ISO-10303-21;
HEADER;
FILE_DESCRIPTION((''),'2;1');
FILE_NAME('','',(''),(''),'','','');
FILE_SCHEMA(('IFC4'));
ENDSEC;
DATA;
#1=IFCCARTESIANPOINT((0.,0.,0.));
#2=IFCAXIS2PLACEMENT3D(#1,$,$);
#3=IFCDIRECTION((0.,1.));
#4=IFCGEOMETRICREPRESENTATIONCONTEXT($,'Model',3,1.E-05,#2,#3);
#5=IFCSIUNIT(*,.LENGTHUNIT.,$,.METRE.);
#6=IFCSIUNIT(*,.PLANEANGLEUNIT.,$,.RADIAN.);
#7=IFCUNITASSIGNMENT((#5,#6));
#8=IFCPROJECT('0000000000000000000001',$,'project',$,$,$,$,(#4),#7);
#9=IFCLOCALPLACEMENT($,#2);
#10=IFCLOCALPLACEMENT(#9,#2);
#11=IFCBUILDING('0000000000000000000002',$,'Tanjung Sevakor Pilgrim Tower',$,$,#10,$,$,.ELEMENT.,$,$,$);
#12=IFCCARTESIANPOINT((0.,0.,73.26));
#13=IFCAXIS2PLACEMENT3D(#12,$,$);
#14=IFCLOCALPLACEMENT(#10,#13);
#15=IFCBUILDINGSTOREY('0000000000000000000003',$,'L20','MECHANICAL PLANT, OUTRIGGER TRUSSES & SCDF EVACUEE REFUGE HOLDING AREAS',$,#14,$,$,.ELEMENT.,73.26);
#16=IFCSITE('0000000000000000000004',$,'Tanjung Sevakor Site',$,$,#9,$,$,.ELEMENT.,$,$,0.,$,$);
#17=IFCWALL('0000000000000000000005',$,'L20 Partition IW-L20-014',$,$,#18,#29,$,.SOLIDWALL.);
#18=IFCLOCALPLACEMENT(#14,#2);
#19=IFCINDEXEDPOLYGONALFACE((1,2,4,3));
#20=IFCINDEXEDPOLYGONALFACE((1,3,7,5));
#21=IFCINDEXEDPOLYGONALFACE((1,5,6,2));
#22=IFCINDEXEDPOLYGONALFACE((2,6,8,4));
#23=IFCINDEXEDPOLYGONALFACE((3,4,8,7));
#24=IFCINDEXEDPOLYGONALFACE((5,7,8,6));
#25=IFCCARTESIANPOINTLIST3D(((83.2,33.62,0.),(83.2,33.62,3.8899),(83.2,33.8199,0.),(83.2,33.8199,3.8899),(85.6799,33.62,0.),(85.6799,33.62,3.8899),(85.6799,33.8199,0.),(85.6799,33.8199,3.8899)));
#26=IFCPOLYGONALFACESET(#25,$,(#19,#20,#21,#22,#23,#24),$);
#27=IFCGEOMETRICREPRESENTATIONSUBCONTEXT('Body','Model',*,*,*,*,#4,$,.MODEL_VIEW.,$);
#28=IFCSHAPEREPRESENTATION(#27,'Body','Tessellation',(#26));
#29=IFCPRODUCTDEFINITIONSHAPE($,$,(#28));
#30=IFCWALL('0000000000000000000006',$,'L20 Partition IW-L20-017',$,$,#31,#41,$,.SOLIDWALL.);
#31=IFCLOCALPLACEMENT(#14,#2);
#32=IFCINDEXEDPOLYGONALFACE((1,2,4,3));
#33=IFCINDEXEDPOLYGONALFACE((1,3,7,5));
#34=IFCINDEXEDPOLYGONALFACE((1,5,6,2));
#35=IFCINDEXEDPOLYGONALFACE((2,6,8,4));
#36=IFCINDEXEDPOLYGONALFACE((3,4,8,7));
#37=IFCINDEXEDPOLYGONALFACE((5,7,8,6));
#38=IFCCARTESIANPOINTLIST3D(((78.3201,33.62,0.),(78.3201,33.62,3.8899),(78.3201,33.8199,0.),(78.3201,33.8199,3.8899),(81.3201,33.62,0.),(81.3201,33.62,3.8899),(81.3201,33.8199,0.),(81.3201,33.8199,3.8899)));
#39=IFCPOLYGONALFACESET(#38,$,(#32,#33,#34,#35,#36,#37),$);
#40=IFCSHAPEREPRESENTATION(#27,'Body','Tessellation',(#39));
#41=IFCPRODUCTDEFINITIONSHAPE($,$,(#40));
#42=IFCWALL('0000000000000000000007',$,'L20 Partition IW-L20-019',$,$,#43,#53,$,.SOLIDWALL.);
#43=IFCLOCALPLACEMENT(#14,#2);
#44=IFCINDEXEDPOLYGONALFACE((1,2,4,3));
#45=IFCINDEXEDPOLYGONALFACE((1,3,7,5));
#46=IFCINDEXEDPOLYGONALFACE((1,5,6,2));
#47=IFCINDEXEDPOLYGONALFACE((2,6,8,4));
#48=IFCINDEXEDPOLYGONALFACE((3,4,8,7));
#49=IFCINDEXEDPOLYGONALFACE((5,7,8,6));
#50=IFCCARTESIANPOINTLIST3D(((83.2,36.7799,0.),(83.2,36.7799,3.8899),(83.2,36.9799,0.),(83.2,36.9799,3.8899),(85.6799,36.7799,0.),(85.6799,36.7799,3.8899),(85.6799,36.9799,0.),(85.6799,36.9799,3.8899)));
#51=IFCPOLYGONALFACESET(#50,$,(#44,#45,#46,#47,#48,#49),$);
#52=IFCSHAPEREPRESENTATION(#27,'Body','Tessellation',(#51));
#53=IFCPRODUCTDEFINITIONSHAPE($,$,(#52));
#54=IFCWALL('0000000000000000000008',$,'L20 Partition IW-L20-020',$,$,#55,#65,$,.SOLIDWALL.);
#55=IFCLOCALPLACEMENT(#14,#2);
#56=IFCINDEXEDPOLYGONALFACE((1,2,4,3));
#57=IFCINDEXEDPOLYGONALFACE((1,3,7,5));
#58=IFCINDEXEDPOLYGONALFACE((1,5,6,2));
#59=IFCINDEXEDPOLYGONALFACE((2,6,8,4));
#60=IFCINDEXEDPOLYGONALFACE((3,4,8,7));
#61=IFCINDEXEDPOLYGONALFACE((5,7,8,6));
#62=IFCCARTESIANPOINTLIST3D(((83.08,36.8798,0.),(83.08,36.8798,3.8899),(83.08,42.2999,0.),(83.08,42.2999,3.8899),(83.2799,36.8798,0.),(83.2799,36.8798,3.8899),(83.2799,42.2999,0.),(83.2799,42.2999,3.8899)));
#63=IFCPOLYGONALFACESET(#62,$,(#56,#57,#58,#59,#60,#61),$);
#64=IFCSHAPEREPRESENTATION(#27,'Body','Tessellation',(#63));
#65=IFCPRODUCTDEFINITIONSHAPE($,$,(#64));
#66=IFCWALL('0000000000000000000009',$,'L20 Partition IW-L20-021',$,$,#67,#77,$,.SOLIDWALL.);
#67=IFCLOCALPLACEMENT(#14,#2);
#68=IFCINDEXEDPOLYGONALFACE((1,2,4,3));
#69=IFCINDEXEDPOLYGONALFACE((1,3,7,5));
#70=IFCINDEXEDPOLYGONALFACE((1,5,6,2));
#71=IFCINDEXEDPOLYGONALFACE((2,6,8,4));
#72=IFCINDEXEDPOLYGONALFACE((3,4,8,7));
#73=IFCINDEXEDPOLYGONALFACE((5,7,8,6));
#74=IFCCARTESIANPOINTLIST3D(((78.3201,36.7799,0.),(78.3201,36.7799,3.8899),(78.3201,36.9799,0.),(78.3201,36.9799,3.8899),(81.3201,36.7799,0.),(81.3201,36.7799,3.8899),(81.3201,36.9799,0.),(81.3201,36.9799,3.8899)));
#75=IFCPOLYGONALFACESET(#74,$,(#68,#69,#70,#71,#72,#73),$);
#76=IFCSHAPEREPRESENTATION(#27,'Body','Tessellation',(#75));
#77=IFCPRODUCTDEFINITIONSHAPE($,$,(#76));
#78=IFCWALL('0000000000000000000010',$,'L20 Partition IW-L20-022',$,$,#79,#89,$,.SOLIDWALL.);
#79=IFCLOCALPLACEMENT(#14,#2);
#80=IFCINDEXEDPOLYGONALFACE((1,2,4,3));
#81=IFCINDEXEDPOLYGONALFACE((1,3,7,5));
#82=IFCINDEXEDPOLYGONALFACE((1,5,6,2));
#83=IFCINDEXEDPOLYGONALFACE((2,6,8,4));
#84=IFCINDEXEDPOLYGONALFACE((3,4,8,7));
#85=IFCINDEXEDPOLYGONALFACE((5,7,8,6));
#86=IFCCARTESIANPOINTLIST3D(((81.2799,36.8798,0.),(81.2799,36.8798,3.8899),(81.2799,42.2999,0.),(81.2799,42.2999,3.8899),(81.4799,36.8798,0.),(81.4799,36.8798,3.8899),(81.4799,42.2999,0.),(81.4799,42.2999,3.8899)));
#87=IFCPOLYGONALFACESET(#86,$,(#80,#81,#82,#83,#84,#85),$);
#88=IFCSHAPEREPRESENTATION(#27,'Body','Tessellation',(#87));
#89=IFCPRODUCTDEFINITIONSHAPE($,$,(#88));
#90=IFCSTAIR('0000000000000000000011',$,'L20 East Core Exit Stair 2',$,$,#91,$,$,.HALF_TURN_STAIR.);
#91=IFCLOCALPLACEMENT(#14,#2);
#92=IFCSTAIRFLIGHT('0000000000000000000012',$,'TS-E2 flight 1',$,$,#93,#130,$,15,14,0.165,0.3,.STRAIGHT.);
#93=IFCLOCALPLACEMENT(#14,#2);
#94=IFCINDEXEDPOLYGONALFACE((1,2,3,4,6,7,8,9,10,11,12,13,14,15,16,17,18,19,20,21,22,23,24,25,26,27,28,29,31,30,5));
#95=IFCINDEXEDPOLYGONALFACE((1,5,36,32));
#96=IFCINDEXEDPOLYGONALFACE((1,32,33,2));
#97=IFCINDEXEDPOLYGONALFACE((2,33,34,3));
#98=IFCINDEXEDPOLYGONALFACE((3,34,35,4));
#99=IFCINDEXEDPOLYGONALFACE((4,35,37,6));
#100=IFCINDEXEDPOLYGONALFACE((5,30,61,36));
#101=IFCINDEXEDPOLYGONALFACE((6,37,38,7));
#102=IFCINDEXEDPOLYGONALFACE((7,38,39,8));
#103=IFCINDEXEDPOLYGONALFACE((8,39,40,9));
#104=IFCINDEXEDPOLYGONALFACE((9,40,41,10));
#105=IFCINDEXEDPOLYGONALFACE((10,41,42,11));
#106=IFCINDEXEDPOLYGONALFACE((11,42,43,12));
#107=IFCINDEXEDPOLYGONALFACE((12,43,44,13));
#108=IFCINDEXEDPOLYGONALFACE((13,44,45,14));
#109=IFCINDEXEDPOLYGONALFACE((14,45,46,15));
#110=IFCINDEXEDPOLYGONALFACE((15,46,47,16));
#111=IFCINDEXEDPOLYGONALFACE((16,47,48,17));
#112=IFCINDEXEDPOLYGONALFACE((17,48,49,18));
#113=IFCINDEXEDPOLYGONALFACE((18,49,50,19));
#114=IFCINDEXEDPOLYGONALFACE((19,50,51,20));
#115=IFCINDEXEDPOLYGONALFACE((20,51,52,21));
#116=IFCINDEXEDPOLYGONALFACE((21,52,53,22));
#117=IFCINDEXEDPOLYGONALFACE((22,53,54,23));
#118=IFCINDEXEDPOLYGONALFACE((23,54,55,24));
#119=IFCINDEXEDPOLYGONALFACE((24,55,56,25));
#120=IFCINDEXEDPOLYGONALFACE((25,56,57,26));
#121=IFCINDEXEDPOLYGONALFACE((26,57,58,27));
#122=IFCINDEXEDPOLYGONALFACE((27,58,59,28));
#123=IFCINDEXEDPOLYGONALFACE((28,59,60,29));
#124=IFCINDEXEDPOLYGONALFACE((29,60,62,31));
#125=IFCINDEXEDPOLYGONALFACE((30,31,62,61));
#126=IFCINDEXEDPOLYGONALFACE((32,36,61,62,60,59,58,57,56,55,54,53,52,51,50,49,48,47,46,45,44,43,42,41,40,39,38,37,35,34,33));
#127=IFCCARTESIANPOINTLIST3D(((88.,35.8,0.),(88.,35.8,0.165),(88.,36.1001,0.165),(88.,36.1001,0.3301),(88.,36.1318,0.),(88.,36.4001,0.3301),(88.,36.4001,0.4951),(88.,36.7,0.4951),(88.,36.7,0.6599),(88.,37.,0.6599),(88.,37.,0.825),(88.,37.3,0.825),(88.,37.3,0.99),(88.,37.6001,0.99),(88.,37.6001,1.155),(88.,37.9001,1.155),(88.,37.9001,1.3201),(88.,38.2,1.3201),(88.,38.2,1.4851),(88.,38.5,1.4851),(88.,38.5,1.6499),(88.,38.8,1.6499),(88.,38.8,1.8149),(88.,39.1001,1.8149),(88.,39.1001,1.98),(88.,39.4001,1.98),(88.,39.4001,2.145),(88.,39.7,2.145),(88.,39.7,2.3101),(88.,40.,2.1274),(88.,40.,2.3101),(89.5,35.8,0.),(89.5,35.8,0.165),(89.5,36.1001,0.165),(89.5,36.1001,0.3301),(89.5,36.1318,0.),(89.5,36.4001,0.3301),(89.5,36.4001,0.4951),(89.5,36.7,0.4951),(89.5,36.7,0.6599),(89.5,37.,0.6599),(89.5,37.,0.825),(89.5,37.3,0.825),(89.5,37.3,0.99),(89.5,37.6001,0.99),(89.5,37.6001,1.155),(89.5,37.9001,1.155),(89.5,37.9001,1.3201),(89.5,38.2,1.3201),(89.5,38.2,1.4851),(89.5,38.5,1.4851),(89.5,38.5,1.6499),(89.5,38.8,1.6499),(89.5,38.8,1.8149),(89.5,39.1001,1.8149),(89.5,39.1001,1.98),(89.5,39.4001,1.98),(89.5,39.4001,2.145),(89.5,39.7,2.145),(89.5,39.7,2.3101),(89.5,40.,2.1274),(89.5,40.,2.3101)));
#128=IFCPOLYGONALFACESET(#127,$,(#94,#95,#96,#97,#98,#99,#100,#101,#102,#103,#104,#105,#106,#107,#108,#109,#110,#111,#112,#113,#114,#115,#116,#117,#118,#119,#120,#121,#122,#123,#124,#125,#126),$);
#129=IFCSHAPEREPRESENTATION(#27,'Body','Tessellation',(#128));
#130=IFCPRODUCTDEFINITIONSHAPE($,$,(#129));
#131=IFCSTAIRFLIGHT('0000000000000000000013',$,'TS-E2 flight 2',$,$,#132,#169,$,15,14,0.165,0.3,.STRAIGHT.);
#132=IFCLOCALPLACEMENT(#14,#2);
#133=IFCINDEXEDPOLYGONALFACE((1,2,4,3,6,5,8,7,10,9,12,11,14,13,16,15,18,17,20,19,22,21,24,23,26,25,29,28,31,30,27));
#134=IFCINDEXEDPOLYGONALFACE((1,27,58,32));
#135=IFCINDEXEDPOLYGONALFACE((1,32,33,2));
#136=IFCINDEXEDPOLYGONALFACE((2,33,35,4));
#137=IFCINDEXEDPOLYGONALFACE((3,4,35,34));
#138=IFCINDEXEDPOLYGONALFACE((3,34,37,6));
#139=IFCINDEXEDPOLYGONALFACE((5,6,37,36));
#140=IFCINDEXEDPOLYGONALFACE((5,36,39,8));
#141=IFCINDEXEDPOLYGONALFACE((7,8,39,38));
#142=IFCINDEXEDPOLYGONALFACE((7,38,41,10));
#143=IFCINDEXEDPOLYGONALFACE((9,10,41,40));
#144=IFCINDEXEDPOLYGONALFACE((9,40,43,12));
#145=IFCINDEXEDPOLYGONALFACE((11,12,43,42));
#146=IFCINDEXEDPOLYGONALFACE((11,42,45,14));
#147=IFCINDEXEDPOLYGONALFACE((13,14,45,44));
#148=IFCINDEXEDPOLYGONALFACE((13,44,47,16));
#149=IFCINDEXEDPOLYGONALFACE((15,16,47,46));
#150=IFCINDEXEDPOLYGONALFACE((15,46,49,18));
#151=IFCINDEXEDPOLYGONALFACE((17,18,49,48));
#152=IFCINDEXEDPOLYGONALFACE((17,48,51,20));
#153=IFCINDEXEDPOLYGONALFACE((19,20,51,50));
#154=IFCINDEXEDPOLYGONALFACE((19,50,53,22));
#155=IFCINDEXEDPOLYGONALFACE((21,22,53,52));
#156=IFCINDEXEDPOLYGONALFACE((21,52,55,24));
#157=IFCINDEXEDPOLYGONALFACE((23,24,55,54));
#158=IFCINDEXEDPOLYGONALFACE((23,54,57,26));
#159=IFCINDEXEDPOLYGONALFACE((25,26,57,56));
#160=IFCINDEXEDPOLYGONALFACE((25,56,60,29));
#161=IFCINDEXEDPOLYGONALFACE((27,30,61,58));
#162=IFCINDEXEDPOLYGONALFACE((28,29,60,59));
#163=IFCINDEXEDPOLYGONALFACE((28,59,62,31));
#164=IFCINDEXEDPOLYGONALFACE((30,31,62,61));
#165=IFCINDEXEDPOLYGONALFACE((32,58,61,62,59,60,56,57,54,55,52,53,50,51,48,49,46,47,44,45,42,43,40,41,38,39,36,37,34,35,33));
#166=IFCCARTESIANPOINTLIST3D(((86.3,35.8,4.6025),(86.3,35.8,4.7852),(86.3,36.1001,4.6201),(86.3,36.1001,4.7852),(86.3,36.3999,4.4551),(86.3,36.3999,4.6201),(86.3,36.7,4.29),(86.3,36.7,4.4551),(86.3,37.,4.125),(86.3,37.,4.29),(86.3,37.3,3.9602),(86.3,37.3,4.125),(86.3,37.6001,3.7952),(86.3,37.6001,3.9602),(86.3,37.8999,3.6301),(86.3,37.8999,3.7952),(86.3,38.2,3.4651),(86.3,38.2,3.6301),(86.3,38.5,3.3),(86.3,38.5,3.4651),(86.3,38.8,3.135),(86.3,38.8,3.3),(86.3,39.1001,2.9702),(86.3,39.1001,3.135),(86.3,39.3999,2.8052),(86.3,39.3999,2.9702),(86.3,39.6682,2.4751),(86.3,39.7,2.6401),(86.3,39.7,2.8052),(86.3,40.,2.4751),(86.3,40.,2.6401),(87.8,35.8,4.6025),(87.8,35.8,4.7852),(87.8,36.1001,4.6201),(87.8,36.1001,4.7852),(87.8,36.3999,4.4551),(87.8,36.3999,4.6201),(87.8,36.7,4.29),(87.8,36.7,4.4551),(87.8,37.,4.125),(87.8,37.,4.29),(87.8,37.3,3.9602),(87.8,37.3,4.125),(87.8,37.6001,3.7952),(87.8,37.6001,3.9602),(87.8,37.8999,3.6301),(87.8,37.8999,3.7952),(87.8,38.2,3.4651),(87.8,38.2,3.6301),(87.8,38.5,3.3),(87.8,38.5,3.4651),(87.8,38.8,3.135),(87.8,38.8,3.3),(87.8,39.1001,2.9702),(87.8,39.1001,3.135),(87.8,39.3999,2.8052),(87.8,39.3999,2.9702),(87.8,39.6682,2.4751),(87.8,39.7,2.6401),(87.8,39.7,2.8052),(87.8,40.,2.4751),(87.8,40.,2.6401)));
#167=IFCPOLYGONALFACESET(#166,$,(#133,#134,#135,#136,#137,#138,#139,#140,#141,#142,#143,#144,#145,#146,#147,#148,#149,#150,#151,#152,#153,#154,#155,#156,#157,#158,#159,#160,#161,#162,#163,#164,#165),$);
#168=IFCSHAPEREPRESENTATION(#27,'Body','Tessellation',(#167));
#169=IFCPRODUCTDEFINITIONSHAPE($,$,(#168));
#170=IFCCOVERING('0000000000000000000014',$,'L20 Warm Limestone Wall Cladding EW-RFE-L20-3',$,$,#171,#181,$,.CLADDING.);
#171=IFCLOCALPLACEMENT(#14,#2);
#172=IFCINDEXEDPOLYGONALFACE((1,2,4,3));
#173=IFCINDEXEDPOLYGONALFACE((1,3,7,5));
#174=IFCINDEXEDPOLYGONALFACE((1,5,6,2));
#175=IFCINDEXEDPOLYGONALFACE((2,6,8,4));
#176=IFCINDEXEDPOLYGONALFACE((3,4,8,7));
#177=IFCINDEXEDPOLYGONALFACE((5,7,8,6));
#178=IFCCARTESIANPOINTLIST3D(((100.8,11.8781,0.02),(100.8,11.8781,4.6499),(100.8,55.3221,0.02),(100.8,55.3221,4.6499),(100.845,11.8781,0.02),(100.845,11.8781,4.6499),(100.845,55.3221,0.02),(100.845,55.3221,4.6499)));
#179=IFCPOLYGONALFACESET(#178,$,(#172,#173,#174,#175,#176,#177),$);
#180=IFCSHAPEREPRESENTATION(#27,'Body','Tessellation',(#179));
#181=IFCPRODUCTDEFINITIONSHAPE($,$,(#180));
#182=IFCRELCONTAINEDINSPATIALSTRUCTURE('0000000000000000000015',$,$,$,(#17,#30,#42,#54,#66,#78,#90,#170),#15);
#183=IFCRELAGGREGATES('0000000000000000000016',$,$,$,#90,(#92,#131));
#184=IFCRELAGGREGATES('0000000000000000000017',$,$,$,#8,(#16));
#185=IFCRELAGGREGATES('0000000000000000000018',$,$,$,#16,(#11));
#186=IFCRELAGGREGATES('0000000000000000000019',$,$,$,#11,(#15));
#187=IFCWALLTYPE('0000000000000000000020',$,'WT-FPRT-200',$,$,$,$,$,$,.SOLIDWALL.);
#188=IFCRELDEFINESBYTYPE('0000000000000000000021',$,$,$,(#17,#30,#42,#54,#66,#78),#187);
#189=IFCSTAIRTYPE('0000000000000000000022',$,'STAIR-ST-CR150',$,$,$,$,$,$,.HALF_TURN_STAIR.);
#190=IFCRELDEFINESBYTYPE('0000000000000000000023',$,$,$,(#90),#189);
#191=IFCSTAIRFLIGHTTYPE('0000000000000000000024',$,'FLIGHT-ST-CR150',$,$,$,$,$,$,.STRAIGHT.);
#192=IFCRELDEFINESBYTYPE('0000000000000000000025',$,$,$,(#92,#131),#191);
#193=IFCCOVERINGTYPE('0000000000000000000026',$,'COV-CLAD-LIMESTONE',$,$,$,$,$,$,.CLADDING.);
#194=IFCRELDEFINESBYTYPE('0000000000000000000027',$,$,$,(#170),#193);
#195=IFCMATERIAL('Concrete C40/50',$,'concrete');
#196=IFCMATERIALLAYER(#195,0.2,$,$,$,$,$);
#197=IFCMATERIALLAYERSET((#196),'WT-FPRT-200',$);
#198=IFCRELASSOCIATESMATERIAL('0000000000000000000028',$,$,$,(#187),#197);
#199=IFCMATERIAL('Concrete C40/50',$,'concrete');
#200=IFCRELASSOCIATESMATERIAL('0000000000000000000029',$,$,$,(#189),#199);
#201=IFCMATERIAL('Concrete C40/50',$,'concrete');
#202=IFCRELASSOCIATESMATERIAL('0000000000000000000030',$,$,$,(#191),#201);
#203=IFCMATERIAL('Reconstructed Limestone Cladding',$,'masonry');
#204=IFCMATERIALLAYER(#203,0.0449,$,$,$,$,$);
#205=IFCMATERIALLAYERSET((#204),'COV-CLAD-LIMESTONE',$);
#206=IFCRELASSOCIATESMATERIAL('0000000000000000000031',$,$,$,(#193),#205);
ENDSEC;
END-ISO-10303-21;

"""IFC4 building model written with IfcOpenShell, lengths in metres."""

from ifc_helpers import new_model, si_unit, direction, frame, frame_2d, origin, origin_2d, place, context, subcontext, project, spatial, polyline, rectangle, outline, extrude, material, layer, layer_set, type_object, element, aggregate, save


model = new_model("IFC4")

# Units and contexts
model_context = context("Model", 3, precision=1e-05, world=origin(), true_north=direction((0.0, 1.0)))
body_context = subcontext(model_context, "Body", "Model", "MODEL_VIEW")
ifc_project = project(units=[si_unit("LENGTHUNIT", "METRE"), si_unit("PLANEANGLEUNIT", "RADIAN")], contexts=[model_context])

# Site, building, storey
site_placement = place(None, origin())
site = spatial("IfcSite", under=ifc_project, at=site_placement, Name="Tanjung Sevakor Site", CompositionType="ELEMENT", RefElevation=0.0)
building_placement = place(site_placement, origin())
building = spatial("IfcBuilding", under=site, at=building_placement, Name="Tanjung Sevakor Pilgrim Tower", CompositionType="ELEMENT")
storey_placement = place(building_placement, frame((0.0, 0.0, 73.26)))
storey = spatial("IfcBuildingStorey", under=building, at=storey_placement, Name="L20", Description="MECHANICAL PLANT, OUTRIGGER TRUSSES & SCDF EVACUEE REFUGE HOLDING AREAS", CompositionType="ELEMENT", Elevation=73.26)

# Walls
ifc_material_1 = material(Name="Concrete C40/50", Category="concrete")
ifc_layer_1 = layer(ifc_material_1, 0.2)
ifc_layer_set_1 = layer_set([ifc_layer_1], Name="WT-FPRT-200")
wall_type_1 = type_object("IfcWallType", Name="WT-FPRT-200", PredefinedType="SOLIDWALL", material=ifc_layer_set_1)
wall_1_placement = place(storey_placement, frame((83.2, 33.72, 0.0), z_axis=(0.0, 0.0, 1.0), x_axis=(1.0, 0.0, 0.0)))
element("IfcWall", 1, at=wall_1_placement, inside=storey, type_object=wall_type_1, Name="L20 Partition IW-L20-014", PredefinedType="SOLIDWALL", context=body_context, shape_type="SweptSolid", body=[
    extrude(rectangle(XDim=2.48, YDim=0.2, at=frame_2d((1.24, 0.0))), origin(), (0.0, 0.0, 1.0), 3.8899),
])
wall_2_placement = place(storey_placement, frame((78.3201, 33.72, 0.0), z_axis=(0.0, 0.0, 1.0), x_axis=(1.0, 0.0, 0.0)))
element("IfcWall", 2, at=wall_2_placement, inside=storey, type_object=wall_type_1, Name="L20 Partition IW-L20-017", PredefinedType="SOLIDWALL", context=body_context, shape_type="SweptSolid", body=[
    extrude(rectangle(XDim=3.0, YDim=0.2, at=frame_2d((1.5, 0.0))), origin(), (0.0, 0.0, 1.0), 3.8899),
])
wall_3_placement = place(storey_placement, frame((83.2, 36.8799, 0.0), z_axis=(0.0, 0.0, 1.0), x_axis=(1.0, 0.0, 0.0)))
element("IfcWall", 3, at=wall_3_placement, inside=storey, type_object=wall_type_1, Name="L20 Partition IW-L20-019", PredefinedType="SOLIDWALL", context=body_context, shape_type="SweptSolid", body=[
    extrude(rectangle(XDim=2.48, YDim=0.2, at=frame_2d((1.24, 0.0))), origin(), (0.0, 0.0, 1.0), 3.8899),
])
wall_4_placement = place(storey_placement, frame((83.1799, 36.8799, 0.0), z_axis=(0.0, 0.0, 1.0), x_axis=(0.0, 1.0, 0.0)))
element("IfcWall", 4, at=wall_4_placement, inside=storey, type_object=wall_type_1, Name="L20 Partition IW-L20-020", PredefinedType="SOLIDWALL", context=body_context, shape_type="SweptSolid", body=[
    extrude(rectangle(XDim=5.4202, YDim=0.2, at=frame_2d((2.71, 0.0))), origin(), (0.0, 0.0, 1.0), 3.8899),
])
wall_5_placement = place(storey_placement, frame((78.3201, 36.8799, 0.0), z_axis=(0.0, 0.0, 1.0), x_axis=(1.0, 0.0, 0.0)))
element("IfcWall", 5, at=wall_5_placement, inside=storey, type_object=wall_type_1, Name="L20 Partition IW-L20-021", PredefinedType="SOLIDWALL", context=body_context, shape_type="SweptSolid", body=[
    extrude(rectangle(XDim=3.0, YDim=0.2, at=frame_2d((1.5, 0.0))), origin(), (0.0, 0.0, 1.0), 3.8899),
])
wall_6_placement = place(storey_placement, frame((81.3799, 36.8799, 0.0), z_axis=(0.0, 0.0, 1.0), x_axis=(0.0, 1.0, 0.0)))
element("IfcWall", 6, at=wall_6_placement, inside=storey, type_object=wall_type_1, Name="L20 Partition IW-L20-022", PredefinedType="SOLIDWALL", context=body_context, shape_type="SweptSolid", body=[
    extrude(rectangle(XDim=5.4202, YDim=0.2, at=frame_2d((2.71, 0.0))), origin(), (0.0, 0.0, 1.0), 3.8899),
])

# Stair, stair flights
ifc_material_2 = material(Name="Concrete C40/50", Category="concrete")
stair_type = type_object("IfcStairType", Name="STAIR-ST-CR150", PredefinedType="HALF_TURN_STAIR", material=ifc_material_2)
stair_placement = place(storey_placement, origin())
stair = element("IfcStair", 7, at=stair_placement, inside=storey, type_object=stair_type, Name="L20 East Core Exit Stair 2", PredefinedType="HALF_TURN_STAIR")
ifc_material_3 = material(Name="Concrete C40/50", Category="concrete")
stair_flight_type = type_object("IfcStairFlightType", Name="FLIGHT-ST-CR150", PredefinedType="STRAIGHT", material=ifc_material_3)
stair_flight_1_placement = place(storey_placement, frame((88.75, 35.8, 0.0), z_axis=(0.0, 0.0, 1.0), x_axis=(0.0, 1.0, 0.0)))
stair_flight_1 = element("IfcStairFlight", 8, at=stair_flight_1_placement, type_object=stair_flight_type, Name="TS-E2 flight 1", NumberOfRisers=15, NumberOfTreads=14, PredefinedType="STRAIGHT", RiserHeight=0.165, TreadLength=0.3, context=body_context, shape_type="SweptSolid", body=[
    extrude(outline(polyline([(0.0, 0.0), (0.0, 0.165), (0.3, 0.165), (0.3, 0.3301), (0.6001, 0.3301), (0.6001, 0.4951), (0.8999, 0.4951), (0.8999, 0.6599), (1.2, 0.6599), (1.2, 0.825), (1.5, 0.825), (1.5, 0.99), (1.8, 0.99), (1.8, 1.155), (2.1001, 1.155), (2.1001, 1.3201), (2.3999, 1.3201), (2.3999, 1.4851), (2.7, 1.4851), (2.7, 1.6499), (3.0, 1.6499), (3.0, 1.8149), (3.3, 1.8149), (3.3, 1.98), (3.6001, 1.98), (3.6001, 2.145), (3.8999, 2.145), (3.8999, 2.3101), (4.2, 2.3101), (4.2, 2.4751), (4.2, 2.1274), (0.3318, 0.0), (0.0, 0.0)])), frame((0.0, 0.75, 0.0), z_axis=(0.0, -1.0, 0.0), x_axis=(1.0, 0.0, 0.0)), (0.0, 0.0, 1.0), 1.5),
])
stair_flight_2_placement = place(storey_placement, frame((87.05, 40.0, 2.4751), z_axis=(0.0, 0.0, 1.0), x_axis=(0.0, -1.0, 0.0)))
stair_flight_2 = element("IfcStairFlight", 9, at=stair_flight_2_placement, type_object=stair_flight_type, Name="TS-E2 flight 2", NumberOfRisers=15, NumberOfTreads=14, PredefinedType="STRAIGHT", RiserHeight=0.165, TreadLength=0.3, context=body_context, shape_type="SweptSolid", body=[
    extrude(outline(polyline([(0.0, 0.0), (0.0, 0.165), (0.3, 0.165), (0.3, 0.3301), (0.6001, 0.3301), (0.6001, 0.4951), (0.8999, 0.4951), (0.8999, 0.6599), (1.2, 0.6599), (1.2, 0.825), (1.5, 0.825), (1.5, 0.99), (1.8, 0.99), (1.8, 1.155), (2.1001, 1.155), (2.1001, 1.3201), (2.3999, 1.3201), (2.3999, 1.4851), (2.7, 1.4851), (2.7, 1.6499), (3.0, 1.6499), (3.0, 1.8149), (3.3, 1.8149), (3.3, 1.98), (3.6001, 1.98), (3.6001, 2.145), (3.8999, 2.145), (3.8999, 2.3101), (4.2, 2.3101), (4.2, 2.4751), (4.2, 2.1274), (0.3318, 0.0), (0.0, 0.0)])), frame((0.0, 0.75, 0.0), z_axis=(0.0, -1.0, 0.0), x_axis=(1.0, 0.0, 0.0)), (0.0, 0.0, 1.0), 1.5),
])
aggregate(stair, [stair_flight_1, stair_flight_2])

# Covering
ifc_material_4 = material(Name="Reconstructed Limestone Cladding", Category="masonry")
ifc_layer_2 = layer(ifc_material_4, 0.0449)
ifc_layer_set_2 = layer_set([ifc_layer_2], Name="COV-CLAD-LIMESTONE")
covering_type = type_object("IfcCoveringType", Name="COV-CLAD-LIMESTONE", PredefinedType="CLADDING", material=ifc_layer_set_2)
covering_placement = place(storey_placement, frame((100.8225, 33.6001, 0.02), z_axis=(0.0, 0.0, 1.0), x_axis=(0.0, 1.0, 0.0)))
element("IfcCovering", 10, at=covering_placement, inside=storey, type_object=covering_type, Name="L20 Warm Limestone Wall Cladding EW-RFE-L20-3", PredefinedType="CLADDING", context=body_context, shape_type="SweptSolid", body=[
    extrude(rectangle(XDim=43.4441, YDim=0.0449, at=origin_2d()), origin(), (0.0, 0.0, 1.0), 4.6299),
])

save(model, "model.ifc")
